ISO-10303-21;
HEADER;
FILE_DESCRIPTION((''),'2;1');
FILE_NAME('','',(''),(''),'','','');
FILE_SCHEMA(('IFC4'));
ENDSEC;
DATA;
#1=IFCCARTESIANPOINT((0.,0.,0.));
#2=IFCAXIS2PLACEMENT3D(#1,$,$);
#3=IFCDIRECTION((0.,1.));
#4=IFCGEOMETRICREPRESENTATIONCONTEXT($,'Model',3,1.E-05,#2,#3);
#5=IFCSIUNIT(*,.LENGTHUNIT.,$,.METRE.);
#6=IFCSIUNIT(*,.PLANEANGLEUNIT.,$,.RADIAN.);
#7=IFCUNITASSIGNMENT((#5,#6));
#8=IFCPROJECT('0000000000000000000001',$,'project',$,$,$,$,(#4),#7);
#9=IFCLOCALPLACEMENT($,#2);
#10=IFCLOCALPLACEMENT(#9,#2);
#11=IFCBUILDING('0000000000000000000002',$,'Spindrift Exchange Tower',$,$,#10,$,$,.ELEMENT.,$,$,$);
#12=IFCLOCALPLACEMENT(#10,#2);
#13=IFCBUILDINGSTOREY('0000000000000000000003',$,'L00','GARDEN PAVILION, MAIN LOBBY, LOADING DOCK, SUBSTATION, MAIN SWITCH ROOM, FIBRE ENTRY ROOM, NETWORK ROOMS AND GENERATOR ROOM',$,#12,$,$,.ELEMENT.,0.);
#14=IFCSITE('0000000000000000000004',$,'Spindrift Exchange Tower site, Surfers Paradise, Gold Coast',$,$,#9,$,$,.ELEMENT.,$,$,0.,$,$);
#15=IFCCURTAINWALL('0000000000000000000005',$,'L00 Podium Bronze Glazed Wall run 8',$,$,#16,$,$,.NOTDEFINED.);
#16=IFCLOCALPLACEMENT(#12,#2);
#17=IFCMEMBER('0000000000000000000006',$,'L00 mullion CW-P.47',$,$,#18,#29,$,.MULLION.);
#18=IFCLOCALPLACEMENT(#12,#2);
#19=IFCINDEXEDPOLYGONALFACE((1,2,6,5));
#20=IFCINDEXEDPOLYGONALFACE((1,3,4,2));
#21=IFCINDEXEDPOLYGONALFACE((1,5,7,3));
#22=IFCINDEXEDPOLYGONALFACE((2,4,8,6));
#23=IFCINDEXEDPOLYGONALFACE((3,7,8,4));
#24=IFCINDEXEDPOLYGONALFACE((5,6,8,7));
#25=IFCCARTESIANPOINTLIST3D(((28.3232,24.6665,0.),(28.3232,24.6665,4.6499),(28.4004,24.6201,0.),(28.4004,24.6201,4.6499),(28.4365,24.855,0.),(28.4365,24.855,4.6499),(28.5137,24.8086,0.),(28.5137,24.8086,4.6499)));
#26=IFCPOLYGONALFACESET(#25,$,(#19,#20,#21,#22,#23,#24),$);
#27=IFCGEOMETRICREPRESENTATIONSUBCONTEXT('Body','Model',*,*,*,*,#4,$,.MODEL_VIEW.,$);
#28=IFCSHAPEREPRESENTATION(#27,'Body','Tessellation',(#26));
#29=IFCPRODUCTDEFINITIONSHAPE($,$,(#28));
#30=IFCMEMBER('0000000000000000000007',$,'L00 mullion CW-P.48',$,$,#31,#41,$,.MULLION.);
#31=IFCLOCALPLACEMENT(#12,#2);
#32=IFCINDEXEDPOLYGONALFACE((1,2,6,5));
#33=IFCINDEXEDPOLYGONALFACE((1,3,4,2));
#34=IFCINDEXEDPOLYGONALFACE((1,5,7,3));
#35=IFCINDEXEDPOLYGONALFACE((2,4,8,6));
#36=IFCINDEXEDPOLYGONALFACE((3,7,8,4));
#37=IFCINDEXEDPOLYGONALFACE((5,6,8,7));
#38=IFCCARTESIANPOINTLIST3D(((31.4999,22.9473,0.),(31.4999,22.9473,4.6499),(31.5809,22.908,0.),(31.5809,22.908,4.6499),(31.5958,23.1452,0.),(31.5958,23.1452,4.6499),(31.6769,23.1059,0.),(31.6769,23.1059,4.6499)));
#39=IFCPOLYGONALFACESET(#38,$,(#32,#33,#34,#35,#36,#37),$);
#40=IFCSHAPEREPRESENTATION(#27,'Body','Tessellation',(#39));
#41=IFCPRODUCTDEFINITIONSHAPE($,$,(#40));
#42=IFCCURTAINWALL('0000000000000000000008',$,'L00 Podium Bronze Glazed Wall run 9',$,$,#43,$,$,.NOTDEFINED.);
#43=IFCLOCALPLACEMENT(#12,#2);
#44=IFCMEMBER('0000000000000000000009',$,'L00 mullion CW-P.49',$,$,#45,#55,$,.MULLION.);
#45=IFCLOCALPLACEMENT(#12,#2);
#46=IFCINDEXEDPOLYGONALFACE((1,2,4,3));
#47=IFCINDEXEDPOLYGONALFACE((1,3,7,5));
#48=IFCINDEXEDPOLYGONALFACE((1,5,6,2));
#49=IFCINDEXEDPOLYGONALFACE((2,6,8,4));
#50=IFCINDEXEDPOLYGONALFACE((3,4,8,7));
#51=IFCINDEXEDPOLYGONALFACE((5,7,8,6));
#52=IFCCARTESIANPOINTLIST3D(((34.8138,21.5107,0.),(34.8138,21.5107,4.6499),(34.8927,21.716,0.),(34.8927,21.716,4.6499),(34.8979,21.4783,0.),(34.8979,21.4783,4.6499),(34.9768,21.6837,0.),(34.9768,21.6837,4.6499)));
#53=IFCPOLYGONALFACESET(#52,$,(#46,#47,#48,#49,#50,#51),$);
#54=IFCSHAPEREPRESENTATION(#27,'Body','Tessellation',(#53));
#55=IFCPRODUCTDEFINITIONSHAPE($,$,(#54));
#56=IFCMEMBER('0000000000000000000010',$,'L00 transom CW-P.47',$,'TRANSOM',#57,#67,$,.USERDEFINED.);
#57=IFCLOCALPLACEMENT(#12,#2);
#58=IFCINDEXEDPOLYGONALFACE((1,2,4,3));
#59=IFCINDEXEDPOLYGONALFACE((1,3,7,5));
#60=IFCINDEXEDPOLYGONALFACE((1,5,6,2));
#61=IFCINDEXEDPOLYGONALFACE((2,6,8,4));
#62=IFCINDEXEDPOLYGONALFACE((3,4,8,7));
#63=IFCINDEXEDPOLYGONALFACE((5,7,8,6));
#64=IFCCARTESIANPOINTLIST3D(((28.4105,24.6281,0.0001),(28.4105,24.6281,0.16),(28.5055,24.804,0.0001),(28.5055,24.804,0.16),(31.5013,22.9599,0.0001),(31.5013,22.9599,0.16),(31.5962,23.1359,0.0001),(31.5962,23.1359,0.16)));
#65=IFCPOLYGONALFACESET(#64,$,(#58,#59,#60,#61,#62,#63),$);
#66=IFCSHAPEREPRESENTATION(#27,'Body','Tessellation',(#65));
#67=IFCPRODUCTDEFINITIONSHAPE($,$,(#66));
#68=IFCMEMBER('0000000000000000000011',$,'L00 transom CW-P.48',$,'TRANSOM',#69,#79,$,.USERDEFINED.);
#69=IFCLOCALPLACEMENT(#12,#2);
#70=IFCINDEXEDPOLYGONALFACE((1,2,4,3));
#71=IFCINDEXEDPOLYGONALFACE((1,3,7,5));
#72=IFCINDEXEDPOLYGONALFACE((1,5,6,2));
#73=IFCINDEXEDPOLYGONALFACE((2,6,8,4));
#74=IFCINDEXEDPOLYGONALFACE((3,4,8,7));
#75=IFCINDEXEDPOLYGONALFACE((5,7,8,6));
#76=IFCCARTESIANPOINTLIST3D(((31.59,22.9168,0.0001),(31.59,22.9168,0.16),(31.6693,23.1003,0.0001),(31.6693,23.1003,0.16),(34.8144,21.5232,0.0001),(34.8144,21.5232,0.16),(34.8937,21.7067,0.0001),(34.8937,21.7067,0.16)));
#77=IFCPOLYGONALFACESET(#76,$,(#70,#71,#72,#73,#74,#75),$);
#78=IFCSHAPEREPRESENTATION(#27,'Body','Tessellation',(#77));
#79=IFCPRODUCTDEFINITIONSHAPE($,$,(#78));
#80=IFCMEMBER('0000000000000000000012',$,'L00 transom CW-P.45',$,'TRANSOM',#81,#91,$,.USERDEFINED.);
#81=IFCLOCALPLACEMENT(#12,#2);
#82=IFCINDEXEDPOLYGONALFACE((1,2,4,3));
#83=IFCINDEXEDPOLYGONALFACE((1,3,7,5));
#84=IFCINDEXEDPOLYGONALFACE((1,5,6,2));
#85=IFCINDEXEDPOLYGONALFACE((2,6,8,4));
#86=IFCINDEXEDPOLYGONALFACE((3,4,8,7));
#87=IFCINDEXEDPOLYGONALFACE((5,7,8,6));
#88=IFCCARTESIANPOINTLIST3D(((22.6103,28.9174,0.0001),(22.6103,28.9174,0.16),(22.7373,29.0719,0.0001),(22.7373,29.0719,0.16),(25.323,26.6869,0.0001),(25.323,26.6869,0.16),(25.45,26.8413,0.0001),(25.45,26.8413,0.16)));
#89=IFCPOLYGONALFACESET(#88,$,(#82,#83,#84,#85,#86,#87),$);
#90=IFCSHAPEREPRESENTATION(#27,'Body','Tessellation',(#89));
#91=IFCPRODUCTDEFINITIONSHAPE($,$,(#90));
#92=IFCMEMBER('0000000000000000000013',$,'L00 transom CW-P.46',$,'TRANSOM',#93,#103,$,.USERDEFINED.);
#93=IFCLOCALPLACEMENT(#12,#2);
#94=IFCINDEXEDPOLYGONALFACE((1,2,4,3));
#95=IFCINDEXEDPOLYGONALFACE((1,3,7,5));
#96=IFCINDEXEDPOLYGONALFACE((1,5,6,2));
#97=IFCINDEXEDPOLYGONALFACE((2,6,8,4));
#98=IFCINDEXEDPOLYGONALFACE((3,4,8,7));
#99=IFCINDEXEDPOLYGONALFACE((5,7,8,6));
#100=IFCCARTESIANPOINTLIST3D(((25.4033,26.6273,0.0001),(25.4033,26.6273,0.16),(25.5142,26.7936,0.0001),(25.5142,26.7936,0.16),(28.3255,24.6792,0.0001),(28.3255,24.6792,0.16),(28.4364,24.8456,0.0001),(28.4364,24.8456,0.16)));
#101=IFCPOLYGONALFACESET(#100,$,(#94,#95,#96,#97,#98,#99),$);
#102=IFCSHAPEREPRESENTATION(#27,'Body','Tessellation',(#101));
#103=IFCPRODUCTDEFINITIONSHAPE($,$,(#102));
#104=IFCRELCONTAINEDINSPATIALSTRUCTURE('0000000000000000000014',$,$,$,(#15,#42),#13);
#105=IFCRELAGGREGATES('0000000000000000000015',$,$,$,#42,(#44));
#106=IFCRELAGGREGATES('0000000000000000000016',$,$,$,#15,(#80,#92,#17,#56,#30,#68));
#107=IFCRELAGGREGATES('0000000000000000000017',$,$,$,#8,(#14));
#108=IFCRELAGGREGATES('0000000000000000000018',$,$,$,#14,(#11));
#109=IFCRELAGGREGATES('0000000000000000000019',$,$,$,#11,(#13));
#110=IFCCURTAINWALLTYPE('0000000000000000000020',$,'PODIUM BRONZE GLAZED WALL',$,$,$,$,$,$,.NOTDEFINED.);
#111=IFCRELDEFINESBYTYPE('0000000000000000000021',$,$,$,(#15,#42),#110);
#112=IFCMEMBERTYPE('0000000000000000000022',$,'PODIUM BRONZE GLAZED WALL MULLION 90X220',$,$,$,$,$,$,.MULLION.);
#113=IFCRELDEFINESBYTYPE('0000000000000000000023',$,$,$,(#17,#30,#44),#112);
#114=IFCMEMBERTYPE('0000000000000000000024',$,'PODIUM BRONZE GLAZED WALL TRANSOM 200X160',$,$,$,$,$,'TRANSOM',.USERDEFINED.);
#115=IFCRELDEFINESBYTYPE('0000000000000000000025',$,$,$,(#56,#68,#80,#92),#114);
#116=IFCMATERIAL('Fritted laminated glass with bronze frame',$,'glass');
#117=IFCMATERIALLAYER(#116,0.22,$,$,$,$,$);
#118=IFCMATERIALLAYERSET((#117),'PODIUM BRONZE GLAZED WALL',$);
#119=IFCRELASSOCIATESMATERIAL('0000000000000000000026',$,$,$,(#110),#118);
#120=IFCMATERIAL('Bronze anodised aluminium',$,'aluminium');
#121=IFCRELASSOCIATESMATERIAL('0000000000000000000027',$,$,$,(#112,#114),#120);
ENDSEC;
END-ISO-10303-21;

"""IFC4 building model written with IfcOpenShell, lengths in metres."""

from ifc_helpers import new_model, si_unit, direction, frame, origin, origin_2d, place, context, subcontext, project, spatial, rectangle, extrude, source, transform, mapped, material, layer, layer_set, material_profile, profile_set, type_object, element, aggregate, save


model = new_model("IFC4")

# Units and contexts
model_context = context("Model", 3, precision=1e-05, world=origin(), true_north=direction((0.0, 1.0)))
body_context = subcontext(model_context, "Body", "Model", "MODEL_VIEW")
ifc_project = project(units=[si_unit("LENGTHUNIT", "METRE"), si_unit("PLANEANGLEUNIT", "RADIAN")], contexts=[model_context])

# Site, building, storey
site_placement = place(None, origin())
site = spatial("IfcSite", under=ifc_project, at=site_placement, Name="Spindrift Exchange Tower site, Surfers Paradise, Gold Coast", CompositionType="ELEMENT", RefElevation=0.0)
building_placement = place(site_placement, origin())
building = spatial("IfcBuilding", under=site, at=building_placement, Name="Spindrift Exchange Tower", CompositionType="ELEMENT")
storey_placement = place(building_placement, origin())
storey = spatial("IfcBuildingStorey", under=building, at=storey_placement, Name="L00", Description="GARDEN PAVILION, MAIN LOBBY, LOADING DOCK, SUBSTATION, MAIN SWITCH ROOM, FIBRE ENTRY ROOM, NETWORK ROOMS AND GENERATOR ROOM", CompositionType="ELEMENT", Elevation=0.0)

# Curtain wall, members
ifc_material_1 = material(Name="Fritted laminated glass with bronze frame", Category="glass")
ifc_layer_1 = layer(ifc_material_1, 0.22)
ifc_layer_set_1 = layer_set([ifc_layer_1], Name="PODIUM BRONZE GLAZED WALL")
curtain_wall_type = type_object("IfcCurtainWallType", Name="PODIUM BRONZE GLAZED WALL", PredefinedType="NOTDEFINED", material=ifc_layer_set_1)
curtain_wall_1_placement = place(storey_placement, origin())
curtain_wall_1 = element("IfcCurtainWall", 1, at=curtain_wall_1_placement, inside=storey, type_object=curtain_wall_type, Name="L00 Podium Bronze Glazed Wall run 8", PredefinedType="NOTDEFINED")
ifc_material_2 = material(Name="Bronze anodised aluminium", Category="aluminium")
ifc_material_profile_1 = material_profile(ifc_material_2, rectangle(XDim=0.0901, YDim=0.22, at=origin_2d()), Name="PODIUM BRONZE GLAZED WALL MULLION 90X220")
ifc_profile_set_1 = profile_set([ifc_material_profile_1], Name="Bronze anodised aluminium")
member_type_1 = type_object("IfcMemberType", Name="PODIUM BRONZE GLAZED WALL MULLION 90X220", PredefinedType="MULLION", material=ifc_profile_set_1)
shared_shape_1 = source(origin(), body_context, "Body", "SweptSolid", [
    extrude(rectangle(XDim=0.0901, YDim=0.22, at=origin_2d()), origin(), (0.0, 0.0, 1.0), 4.6499),
])
member_1_placement = place(storey_placement, frame((28.4185, 24.7375, 0.0), z_axis=(0.0, 0.0, 1.0), x_axis=(0.85696, -0.515383, 0.0)))
member_1 = element("IfcMember", 2, at=member_1_placement, type_object=member_type_1, Name="L00 mullion CW-P.47", PredefinedType="MULLION", context=body_context, shape_type="MappedRepresentation", body=[
    mapped(shared_shape_1, transform((0.0, 0.0, 0.0), scale=1.0)),
])
member_2_placement = place(storey_placement, frame((31.5884, 23.0266, 0.0), z_axis=(0.0, 0.0, 1.0), x_axis=(0.899806, -0.43629, 0.0)))
member_2 = element("IfcMember", 3, at=member_2_placement, type_object=member_type_1, Name="L00 mullion CW-P.48", PredefinedType="MULLION", context=body_context, shape_type="MappedRepresentation", body=[
    mapped(shared_shape_1, transform((0.0, 0.0, 0.0), scale=1.0)),
])

# Curtain wall, member
curtain_wall_2_placement = place(storey_placement, origin())
curtain_wall_2 = element("IfcCurtainWall", 4, at=curtain_wall_2_placement, inside=storey, type_object=curtain_wall_type, Name="L00 Podium Bronze Glazed Wall run 9", PredefinedType="NOTDEFINED")
member_3_placement = place(storey_placement, frame((34.8953, 21.5972, 0.0), z_axis=(0.0, 0.0, 1.0), x_axis=(0.933489, -0.358605, 0.0)))
member_3 = element("IfcMember", 5, at=member_3_placement, type_object=member_type_1, Name="L00 mullion CW-P.49", PredefinedType="MULLION", context=body_context, shape_type="MappedRepresentation", body=[
    mapped(shared_shape_1, transform((0.0, 0.0, 0.0), scale=1.0)),
])
aggregate(curtain_wall_2, [member_3])

# Members
ifc_material_profile_2 = material_profile(ifc_material_2, rectangle(XDim=0.2, YDim=0.1599, at=origin_2d()), Name="PODIUM BRONZE GLAZED WALL TRANSOM 200X160")
ifc_profile_set_2 = profile_set([ifc_material_profile_2], Name="Bronze anodised aluminium")
member_type_2 = type_object("IfcMemberType", Name="PODIUM BRONZE GLAZED WALL TRANSOM 200X160", ElementType="TRANSOM", PredefinedType="USERDEFINED", material=ifc_profile_set_2)
shared_shape_2 = source(origin(), body_context, "Body", "SweptSolid", [
    extrude(rectangle(XDim=0.2, YDim=0.1599, at=origin_2d()), origin(), (0.0, 0.0, 1.0), 3.5122),
])
member_4_placement = place(storey_placement, frame((28.458, 24.7161, 0.0801), z_axis=(0.880004, -0.474966, 0.0), x_axis=(0.474966, 0.880004, 0.0)))
member_4 = element("IfcMember", 6, at=member_4_placement, type_object=member_type_2, Name="L00 transom CW-P.47", ObjectType="TRANSOM", PredefinedType="USERDEFINED", context=body_context, shape_type="MappedRepresentation", body=[
    mapped(shared_shape_2, transform((0.0, 0.0, 0.0), scale=1.0)),
])
shared_shape_3 = source(origin(), body_context, "Body", "SweptSolid", [
    extrude(rectangle(XDim=0.2, YDim=0.1599, at=origin_2d()), origin(), (0.0, 0.0, 1.0), 3.5127),
])
member_5_placement = place(storey_placement, frame((31.6296, 23.0085, 0.0801), z_axis=(0.917936, -0.396728, 0.0), x_axis=(0.396728, 0.917936, 0.0)))
member_5 = element("IfcMember", 7, at=member_5_placement, type_object=member_type_2, Name="L00 transom CW-P.48", ObjectType="TRANSOM", PredefinedType="USERDEFINED", context=body_context, shape_type="MappedRepresentation", body=[
    mapped(shared_shape_3, transform((0.0, 0.0, 0.0), scale=1.0)),
])
shared_shape_4 = source(origin(), body_context, "Body", "SweptSolid", [
    extrude(rectangle(XDim=0.2, YDim=0.1599, at=origin_2d()), origin(), (0.0, 0.0, 1.0), 3.512),
])
member_6_placement = place(storey_placement, frame((22.6738, 28.9946, 0.0801), z_axis=(0.772416, -0.635117, 0.0), x_axis=(0.635117, 0.772416, 0.0)))
member_6 = element("IfcMember", 8, at=member_6_placement, type_object=member_type_2, Name="L00 transom CW-P.45", ObjectType="TRANSOM", PredefinedType="USERDEFINED", context=body_context, shape_type="MappedRepresentation", body=[
    mapped(shared_shape_4, transform((0.0, 0.0, 0.0), scale=1.0)),
])
member_7_placement = place(storey_placement, frame((25.4587, 26.7104, 0.0801), z_axis=(0.832061, -0.554684, 0.0), x_axis=(0.554684, 0.832061, 0.0)))
member_7 = element("IfcMember", 9, at=member_7_placement, type_object=member_type_2, Name="L00 transom CW-P.46", ObjectType="TRANSOM", PredefinedType="USERDEFINED", context=body_context, shape_type="MappedRepresentation", body=[
    mapped(shared_shape_4, transform((0.0, 0.0, 0.0), scale=1.0)),
])

aggregate(curtain_wall_1, [member_6, member_7, member_1, member_4, member_2, member_5])

save(model, "model.ifc")
